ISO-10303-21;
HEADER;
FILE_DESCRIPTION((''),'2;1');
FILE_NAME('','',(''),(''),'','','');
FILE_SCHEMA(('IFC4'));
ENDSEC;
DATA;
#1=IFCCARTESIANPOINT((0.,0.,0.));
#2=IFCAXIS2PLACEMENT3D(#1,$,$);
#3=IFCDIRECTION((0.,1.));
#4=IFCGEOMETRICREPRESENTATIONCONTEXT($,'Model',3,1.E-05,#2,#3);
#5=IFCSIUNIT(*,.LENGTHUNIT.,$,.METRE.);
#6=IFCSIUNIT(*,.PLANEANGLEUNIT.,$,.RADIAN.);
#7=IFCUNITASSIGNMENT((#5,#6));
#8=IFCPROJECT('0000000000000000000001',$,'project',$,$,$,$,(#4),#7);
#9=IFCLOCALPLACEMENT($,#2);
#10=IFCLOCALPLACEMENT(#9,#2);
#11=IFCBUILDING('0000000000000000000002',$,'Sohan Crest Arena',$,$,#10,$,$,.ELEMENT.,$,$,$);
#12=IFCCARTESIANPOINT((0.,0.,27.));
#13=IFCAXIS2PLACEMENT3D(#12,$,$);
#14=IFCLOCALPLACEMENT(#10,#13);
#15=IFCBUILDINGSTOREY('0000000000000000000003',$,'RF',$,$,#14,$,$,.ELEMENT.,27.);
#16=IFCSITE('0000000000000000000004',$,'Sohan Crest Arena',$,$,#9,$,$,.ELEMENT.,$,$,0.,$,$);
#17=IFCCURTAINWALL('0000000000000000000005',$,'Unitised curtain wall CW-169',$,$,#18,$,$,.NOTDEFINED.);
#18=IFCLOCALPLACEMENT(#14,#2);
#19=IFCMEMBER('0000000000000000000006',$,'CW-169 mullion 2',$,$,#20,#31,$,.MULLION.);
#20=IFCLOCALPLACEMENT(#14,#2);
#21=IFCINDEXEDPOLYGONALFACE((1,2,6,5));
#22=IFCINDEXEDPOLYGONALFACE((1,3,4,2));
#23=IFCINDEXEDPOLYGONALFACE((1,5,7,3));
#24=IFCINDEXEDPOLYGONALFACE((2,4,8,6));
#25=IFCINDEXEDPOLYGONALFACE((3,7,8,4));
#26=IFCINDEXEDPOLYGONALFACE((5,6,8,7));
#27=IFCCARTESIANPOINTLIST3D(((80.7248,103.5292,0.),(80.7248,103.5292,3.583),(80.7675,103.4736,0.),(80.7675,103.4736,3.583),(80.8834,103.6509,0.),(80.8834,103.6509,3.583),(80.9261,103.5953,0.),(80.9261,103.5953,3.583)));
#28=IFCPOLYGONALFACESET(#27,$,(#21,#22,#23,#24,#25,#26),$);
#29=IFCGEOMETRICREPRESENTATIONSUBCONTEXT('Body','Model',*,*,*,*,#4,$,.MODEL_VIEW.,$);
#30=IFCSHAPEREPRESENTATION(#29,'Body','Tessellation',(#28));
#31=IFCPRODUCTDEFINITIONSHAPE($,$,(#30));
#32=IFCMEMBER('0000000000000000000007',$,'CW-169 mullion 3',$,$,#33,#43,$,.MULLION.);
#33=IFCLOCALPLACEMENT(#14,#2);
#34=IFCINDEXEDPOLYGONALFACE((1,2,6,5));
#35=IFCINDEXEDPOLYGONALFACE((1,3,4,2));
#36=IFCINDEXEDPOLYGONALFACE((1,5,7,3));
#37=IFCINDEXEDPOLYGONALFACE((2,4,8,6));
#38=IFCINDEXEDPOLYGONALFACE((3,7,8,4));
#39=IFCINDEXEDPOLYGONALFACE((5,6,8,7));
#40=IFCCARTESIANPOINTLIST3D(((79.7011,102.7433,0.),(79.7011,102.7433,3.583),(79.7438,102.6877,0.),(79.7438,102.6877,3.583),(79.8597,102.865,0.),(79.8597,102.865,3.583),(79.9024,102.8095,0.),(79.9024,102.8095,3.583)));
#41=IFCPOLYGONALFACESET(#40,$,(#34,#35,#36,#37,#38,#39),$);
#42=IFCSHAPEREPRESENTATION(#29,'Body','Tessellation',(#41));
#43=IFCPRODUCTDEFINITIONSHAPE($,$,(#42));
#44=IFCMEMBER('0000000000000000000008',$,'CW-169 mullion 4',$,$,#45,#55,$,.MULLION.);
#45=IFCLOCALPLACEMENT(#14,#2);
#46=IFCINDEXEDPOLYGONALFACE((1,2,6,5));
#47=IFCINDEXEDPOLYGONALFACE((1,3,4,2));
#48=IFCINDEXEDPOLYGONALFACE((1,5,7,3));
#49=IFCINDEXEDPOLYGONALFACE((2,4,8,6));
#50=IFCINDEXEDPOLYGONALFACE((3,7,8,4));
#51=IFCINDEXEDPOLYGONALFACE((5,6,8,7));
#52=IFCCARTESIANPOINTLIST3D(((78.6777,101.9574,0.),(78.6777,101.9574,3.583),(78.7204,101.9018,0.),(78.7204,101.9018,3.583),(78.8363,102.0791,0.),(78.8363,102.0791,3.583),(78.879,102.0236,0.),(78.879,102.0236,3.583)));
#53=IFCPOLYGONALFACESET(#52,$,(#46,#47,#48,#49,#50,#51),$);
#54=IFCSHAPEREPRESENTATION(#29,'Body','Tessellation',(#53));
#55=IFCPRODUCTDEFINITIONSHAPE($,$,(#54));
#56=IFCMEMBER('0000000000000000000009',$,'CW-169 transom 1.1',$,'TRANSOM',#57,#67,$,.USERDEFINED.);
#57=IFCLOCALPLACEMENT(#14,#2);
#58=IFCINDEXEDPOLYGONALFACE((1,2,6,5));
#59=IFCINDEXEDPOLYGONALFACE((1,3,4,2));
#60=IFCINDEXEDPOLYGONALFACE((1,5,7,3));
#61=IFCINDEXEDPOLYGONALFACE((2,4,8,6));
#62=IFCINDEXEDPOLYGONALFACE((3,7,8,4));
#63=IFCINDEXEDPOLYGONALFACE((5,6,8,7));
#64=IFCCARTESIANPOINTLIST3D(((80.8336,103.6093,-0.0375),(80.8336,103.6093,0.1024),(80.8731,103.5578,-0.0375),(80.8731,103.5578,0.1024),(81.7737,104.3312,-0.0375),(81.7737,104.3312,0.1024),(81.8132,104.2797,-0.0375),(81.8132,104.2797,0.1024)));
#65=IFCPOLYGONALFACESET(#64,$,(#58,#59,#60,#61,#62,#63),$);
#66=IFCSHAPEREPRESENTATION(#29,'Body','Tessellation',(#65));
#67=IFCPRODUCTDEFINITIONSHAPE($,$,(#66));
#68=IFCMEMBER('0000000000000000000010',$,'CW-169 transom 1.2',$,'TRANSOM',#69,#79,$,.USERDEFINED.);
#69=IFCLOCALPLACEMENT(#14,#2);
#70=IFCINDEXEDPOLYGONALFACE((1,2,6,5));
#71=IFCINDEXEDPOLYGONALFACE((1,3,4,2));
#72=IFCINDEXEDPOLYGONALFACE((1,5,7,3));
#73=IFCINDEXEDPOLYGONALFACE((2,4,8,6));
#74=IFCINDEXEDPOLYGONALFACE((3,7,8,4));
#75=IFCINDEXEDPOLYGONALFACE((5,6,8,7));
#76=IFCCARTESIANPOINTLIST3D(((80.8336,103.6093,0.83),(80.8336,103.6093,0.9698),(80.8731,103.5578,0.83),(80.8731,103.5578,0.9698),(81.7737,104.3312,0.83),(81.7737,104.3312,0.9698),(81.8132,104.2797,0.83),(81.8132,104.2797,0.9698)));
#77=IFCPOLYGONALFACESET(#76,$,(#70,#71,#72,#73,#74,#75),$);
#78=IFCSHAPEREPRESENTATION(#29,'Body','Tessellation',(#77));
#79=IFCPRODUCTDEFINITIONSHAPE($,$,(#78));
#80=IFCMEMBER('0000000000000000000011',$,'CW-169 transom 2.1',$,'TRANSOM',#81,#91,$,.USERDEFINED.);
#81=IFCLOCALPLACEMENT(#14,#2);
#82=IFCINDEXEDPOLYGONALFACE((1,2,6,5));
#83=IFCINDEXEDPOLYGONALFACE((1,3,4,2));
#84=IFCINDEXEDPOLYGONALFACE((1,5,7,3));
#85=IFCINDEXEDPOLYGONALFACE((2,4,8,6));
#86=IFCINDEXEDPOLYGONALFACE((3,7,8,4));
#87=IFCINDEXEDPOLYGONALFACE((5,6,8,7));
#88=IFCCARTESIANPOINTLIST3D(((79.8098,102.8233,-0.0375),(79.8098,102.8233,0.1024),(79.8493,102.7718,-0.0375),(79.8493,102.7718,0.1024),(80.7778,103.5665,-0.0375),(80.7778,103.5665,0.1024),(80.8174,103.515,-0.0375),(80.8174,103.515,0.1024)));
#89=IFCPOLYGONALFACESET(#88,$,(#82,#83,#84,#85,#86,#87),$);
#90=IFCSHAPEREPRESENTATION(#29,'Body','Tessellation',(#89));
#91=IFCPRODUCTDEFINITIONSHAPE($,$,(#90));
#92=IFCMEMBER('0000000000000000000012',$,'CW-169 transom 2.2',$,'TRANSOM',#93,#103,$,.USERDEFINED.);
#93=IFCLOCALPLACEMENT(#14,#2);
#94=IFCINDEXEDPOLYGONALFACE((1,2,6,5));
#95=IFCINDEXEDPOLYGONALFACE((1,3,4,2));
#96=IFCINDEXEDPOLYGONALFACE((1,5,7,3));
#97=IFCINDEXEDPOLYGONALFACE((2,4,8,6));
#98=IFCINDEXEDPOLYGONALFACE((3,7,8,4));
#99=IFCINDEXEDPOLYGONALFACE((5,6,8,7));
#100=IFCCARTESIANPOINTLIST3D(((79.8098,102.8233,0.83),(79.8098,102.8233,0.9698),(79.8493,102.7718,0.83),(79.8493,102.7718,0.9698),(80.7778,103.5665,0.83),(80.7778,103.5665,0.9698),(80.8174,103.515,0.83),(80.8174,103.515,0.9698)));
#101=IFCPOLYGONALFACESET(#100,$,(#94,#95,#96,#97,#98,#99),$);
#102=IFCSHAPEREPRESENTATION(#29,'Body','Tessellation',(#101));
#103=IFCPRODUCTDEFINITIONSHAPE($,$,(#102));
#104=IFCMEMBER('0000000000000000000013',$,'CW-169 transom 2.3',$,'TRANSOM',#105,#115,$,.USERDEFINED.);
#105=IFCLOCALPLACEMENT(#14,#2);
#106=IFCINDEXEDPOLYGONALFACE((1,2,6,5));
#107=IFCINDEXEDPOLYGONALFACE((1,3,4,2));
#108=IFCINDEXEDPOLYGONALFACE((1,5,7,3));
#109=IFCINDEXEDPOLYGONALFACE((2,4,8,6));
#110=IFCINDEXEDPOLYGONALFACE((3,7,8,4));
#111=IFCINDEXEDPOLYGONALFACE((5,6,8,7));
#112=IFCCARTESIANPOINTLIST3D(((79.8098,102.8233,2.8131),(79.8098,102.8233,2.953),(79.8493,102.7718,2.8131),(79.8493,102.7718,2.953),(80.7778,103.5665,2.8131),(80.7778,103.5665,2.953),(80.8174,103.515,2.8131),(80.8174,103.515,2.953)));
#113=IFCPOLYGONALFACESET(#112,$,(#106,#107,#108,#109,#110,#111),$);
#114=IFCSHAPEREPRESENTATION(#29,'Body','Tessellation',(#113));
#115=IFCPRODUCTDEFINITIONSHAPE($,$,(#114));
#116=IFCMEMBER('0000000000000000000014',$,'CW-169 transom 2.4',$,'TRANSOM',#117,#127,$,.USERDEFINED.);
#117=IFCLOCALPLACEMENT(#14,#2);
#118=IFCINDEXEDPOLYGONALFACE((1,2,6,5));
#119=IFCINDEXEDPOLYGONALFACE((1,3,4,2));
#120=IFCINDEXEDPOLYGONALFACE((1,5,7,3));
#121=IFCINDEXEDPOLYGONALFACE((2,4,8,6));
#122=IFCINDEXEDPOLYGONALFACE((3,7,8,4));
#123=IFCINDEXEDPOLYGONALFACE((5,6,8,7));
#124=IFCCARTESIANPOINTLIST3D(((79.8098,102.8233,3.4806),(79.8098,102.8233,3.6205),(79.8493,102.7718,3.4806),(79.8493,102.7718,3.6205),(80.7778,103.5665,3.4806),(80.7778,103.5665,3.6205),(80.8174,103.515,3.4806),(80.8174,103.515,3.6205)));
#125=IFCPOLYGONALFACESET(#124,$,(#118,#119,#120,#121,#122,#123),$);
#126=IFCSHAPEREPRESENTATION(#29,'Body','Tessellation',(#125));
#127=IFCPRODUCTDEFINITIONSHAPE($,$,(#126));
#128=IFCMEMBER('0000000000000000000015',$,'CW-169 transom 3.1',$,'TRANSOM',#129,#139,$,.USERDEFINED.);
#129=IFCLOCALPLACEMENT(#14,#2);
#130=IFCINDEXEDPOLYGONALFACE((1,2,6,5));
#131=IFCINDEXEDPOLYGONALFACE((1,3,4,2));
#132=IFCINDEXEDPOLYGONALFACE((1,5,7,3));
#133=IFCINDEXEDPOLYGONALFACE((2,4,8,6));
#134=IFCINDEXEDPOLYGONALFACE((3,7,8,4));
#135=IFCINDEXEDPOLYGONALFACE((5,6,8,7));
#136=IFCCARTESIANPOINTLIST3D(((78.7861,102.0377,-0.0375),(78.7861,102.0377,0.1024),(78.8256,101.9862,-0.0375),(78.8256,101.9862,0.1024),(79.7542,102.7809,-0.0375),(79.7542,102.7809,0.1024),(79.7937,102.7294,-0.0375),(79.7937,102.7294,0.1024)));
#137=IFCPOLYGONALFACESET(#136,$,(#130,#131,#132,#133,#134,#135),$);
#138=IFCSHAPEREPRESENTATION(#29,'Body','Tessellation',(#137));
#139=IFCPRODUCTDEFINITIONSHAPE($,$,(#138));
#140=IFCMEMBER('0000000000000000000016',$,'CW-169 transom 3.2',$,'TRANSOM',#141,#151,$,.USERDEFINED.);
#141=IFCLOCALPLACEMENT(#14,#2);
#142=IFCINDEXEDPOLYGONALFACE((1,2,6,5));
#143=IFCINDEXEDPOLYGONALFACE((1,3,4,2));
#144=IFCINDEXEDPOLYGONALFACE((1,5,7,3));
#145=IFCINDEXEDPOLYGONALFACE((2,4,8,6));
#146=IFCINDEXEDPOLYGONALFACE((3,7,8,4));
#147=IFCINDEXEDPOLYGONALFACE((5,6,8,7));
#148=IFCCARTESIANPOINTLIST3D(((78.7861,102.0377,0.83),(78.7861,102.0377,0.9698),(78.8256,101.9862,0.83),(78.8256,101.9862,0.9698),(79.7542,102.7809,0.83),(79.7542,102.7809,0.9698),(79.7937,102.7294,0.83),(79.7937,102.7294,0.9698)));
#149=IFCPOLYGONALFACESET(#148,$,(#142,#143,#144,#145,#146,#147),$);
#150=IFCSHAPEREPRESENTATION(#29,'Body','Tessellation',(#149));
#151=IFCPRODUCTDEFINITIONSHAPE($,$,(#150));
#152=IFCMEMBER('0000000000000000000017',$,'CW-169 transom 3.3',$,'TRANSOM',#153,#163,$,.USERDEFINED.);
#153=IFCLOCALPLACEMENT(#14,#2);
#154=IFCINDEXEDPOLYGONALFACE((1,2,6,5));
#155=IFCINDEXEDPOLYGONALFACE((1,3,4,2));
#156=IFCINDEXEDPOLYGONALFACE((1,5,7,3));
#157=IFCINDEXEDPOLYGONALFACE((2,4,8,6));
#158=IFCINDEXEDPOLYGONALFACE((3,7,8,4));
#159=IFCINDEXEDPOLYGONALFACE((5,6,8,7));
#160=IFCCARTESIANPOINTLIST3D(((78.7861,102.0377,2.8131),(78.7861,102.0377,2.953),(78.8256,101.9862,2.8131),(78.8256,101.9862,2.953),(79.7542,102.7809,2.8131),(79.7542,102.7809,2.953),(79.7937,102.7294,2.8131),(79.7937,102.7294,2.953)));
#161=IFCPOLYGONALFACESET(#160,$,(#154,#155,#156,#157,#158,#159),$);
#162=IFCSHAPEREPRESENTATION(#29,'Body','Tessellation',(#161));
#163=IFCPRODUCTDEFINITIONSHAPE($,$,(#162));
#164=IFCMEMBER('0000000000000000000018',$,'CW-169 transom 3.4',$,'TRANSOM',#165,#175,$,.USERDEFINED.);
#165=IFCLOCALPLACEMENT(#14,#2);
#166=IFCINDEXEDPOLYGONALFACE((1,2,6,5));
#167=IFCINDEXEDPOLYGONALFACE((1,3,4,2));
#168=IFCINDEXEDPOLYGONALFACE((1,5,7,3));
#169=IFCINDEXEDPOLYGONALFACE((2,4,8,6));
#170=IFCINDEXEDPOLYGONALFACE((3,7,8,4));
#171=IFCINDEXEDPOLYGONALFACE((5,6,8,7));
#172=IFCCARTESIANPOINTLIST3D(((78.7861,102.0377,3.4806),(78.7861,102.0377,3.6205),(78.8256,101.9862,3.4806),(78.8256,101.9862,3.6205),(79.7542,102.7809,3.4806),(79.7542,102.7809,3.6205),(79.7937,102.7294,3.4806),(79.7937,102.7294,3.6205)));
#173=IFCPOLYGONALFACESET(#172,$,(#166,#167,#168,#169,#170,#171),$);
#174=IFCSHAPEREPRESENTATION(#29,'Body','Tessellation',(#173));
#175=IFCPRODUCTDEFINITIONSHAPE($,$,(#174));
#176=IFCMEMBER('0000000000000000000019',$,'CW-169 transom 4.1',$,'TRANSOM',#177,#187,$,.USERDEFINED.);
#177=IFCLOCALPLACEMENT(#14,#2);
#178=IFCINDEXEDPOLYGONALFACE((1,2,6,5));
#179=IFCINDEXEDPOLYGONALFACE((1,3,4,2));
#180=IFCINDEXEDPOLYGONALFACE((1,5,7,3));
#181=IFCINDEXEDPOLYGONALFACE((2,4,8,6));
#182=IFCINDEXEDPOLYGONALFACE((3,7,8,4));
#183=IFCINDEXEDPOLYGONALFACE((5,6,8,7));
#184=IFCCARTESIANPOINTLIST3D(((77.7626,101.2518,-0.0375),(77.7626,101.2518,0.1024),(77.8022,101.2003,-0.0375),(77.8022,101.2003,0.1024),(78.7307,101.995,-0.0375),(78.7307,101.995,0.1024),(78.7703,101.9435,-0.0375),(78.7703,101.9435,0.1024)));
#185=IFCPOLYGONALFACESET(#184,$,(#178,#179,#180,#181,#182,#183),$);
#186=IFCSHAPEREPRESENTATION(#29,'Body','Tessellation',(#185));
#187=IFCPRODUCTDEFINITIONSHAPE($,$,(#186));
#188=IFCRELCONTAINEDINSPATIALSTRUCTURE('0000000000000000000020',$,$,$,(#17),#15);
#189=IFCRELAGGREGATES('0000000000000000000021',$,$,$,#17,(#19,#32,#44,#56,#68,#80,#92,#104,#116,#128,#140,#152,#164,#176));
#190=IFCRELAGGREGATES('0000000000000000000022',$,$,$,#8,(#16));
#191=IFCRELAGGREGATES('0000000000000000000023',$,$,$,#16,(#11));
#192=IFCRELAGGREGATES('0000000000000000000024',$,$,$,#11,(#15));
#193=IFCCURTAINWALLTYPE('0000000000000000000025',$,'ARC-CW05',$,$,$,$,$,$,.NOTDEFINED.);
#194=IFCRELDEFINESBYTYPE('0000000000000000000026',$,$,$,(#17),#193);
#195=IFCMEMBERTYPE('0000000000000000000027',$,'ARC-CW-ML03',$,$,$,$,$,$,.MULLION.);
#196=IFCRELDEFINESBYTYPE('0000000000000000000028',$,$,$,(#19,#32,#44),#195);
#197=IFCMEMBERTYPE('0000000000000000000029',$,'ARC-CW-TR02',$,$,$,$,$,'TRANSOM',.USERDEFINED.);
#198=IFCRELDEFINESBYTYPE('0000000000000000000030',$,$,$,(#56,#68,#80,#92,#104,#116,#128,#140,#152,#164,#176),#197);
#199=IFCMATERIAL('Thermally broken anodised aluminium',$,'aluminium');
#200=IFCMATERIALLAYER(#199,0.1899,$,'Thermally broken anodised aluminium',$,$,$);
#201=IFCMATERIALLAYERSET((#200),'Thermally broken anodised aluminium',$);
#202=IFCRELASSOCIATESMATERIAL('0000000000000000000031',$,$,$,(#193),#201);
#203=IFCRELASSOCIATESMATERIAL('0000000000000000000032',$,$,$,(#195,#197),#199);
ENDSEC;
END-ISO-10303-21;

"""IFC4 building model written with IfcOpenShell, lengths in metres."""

from ifc_helpers import new_model, si_unit, direction, frame, origin, origin_2d, place, context, subcontext, project, spatial, rectangle, extrude, material, layer, layer_set, material_profile, profile_set, type_object, element, aggregate, save


model = new_model("IFC4")

# Units and contexts
model_context = context("Model", 3, precision=1e-05, world=origin(), true_north=direction((0.0, 1.0)))
body_context = subcontext(model_context, "Body", "Model", "MODEL_VIEW")
ifc_project = project(units=[si_unit("LENGTHUNIT", "METRE"), si_unit("PLANEANGLEUNIT", "RADIAN")], contexts=[model_context])

# Site, building, storey
site_placement = place(None, origin())
site = spatial("IfcSite", under=ifc_project, at=site_placement, Name="Sohan Crest Arena", CompositionType="ELEMENT", RefElevation=0.0)
building_placement = place(site_placement, origin())
building = spatial("IfcBuilding", under=site, at=building_placement, Name="Sohan Crest Arena", CompositionType="ELEMENT")
storey_placement = place(building_placement, frame((0.0, 0.0, 27.0)))
storey = spatial("IfcBuildingStorey", under=building, at=storey_placement, Name="RF", CompositionType="ELEMENT", Elevation=27.0)

# Curtain wall, members
ifc_material_1 = material(Name="Thermally broken anodised aluminium", Category="aluminium")
ifc_layer_1 = layer(ifc_material_1, 0.1899, Name="Thermally broken anodised aluminium")
ifc_layer_set_1 = layer_set([ifc_layer_1], Name="Thermally broken anodised aluminium")
curtain_wall_type = type_object("IfcCurtainWallType", Name="ARC-CW05", PredefinedType="NOTDEFINED", material=ifc_layer_set_1)
curtain_wall_placement = place(storey_placement, origin())
curtain_wall = element("IfcCurtainWall", 1, at=curtain_wall_placement, inside=storey, type_object=curtain_wall_type, Name="Unitised curtain wall CW-169", PredefinedType="NOTDEFINED")
ifc_material_profile_1 = material_profile(ifc_material_1, rectangle(XDim=0.0701, YDim=0.2, at=origin_2d()), Name="ALU-MULL 70x200")
ifc_profile_set_1 = profile_set([ifc_material_profile_1], Name="Thermally broken anodised aluminium")
member_type_1 = type_object("IfcMemberType", Name="ARC-CW-ML03", PredefinedType="MULLION", material=ifc_profile_set_1)
member_1_placement = place(storey_placement, frame((80.8254, 103.5623, 0.0), z_axis=(0.0, 0.0, 1.0), x_axis=(0.608939, -0.793217, 0.0)))
member_1 = element("IfcMember", 2, at=member_1_placement, type_object=member_type_1, Name="CW-169 mullion 2", PredefinedType="MULLION", context=body_context, shape_type="SweptSolid", body=[
    extrude(rectangle(XDim=0.0701, YDim=0.2, at=origin_2d()), origin(), (0.0, 0.0, 1.0), 3.583),
])
member_2_placement = place(storey_placement, frame((79.8018, 102.7764, 0.0), z_axis=(0.0, 0.0, 1.0), x_axis=(0.608939, -0.793217, 0.0)))
member_2 = element("IfcMember", 3, at=member_2_placement, type_object=member_type_1, Name="CW-169 mullion 3", PredefinedType="MULLION", context=body_context, shape_type="SweptSolid", body=[
    extrude(rectangle(XDim=0.0701, YDim=0.2, at=origin_2d()), origin(), (0.0, 0.0, 1.0), 3.583),
])
member_3_placement = place(storey_placement, frame((78.7783, 101.9905, 0.0), z_axis=(0.0, 0.0, 1.0), x_axis=(0.608939, -0.793217, 0.0)))
member_3 = element("IfcMember", 4, at=member_3_placement, type_object=member_type_1, Name="CW-169 mullion 4", PredefinedType="MULLION", context=body_context, shape_type="SweptSolid", body=[
    extrude(rectangle(XDim=0.0701, YDim=0.2, at=origin_2d()), origin(), (0.0, 0.0, 1.0), 3.583),
])
ifc_material_profile_2 = material_profile(ifc_material_1, rectangle(XDim=0.0649, YDim=0.1399, at=origin_2d()), Name="ALU-TRAN 65x140")
ifc_profile_set_2 = profile_set([ifc_material_profile_2], Name="Thermally broken anodised aluminium")
member_type_2 = type_object("IfcMemberType", Name="ARC-CW-TR02", ElementType="TRANSOM", PredefinedType="USERDEFINED", material=ifc_profile_set_2)
member_4_placement = place(storey_placement, frame((81.7935, 104.3054, 0.0325), z_axis=(-0.793152, -0.609024, 0.0), x_axis=(0.609024, -0.793152, 0.0)))
member_4 = element("IfcMember", 5, at=member_4_placement, type_object=member_type_2, Name="CW-169 transom 1.1", ObjectType="TRANSOM", PredefinedType="USERDEFINED", context=body_context, shape_type="SweptSolid", body=[
    extrude(rectangle(XDim=0.0649, YDim=0.1399, at=origin_2d()), origin(), (0.0, 0.0, 1.0), 1.1853),
])
member_5_placement = place(storey_placement, frame((81.7935, 104.3054, 0.8999), z_axis=(-0.793152, -0.609024, 0.0), x_axis=(0.609024, -0.793152, 0.0)))
member_5 = element("IfcMember", 6, at=member_5_placement, type_object=member_type_2, Name="CW-169 transom 1.2", ObjectType="TRANSOM", PredefinedType="USERDEFINED", context=body_context, shape_type="SweptSolid", body=[
    extrude(rectangle(XDim=0.0649, YDim=0.1399, at=origin_2d()), origin(), (0.0, 0.0, 1.0), 1.1853),
])
member_6_placement = place(storey_placement, frame((80.7976, 103.5408, 0.0325), z_axis=(-0.793204, -0.608956, 0.0), x_axis=(0.608956, -0.793204, 0.0)))
member_6 = element("IfcMember", 7, at=member_6_placement, type_object=member_type_2, Name="CW-169 transom 2.1", ObjectType="TRANSOM", PredefinedType="USERDEFINED", context=body_context, shape_type="SweptSolid", body=[
    extrude(rectangle(XDim=0.0649, YDim=0.1399, at=origin_2d()), origin(), (0.0, 0.0, 1.0), 1.2205),
])
member_7_placement = place(storey_placement, frame((80.7976, 103.5408, 0.8999), z_axis=(-0.793204, -0.608956, 0.0), x_axis=(0.608956, -0.793204, 0.0)))
member_7 = element("IfcMember", 8, at=member_7_placement, type_object=member_type_2, Name="CW-169 transom 2.2", ObjectType="TRANSOM", PredefinedType="USERDEFINED", context=body_context, shape_type="SweptSolid", body=[
    extrude(rectangle(XDim=0.0649, YDim=0.1399, at=origin_2d()), origin(), (0.0, 0.0, 1.0), 1.2205),
])
member_8_placement = place(storey_placement, frame((80.7976, 103.5408, 2.8831), z_axis=(-0.793204, -0.608956, 0.0), x_axis=(0.608956, -0.793204, 0.0)))
member_8 = element("IfcMember", 9, at=member_8_placement, type_object=member_type_2, Name="CW-169 transom 2.3", ObjectType="TRANSOM", PredefinedType="USERDEFINED", context=body_context, shape_type="SweptSolid", body=[
    extrude(rectangle(XDim=0.0649, YDim=0.1399, at=origin_2d()), origin(), (0.0, 0.0, 1.0), 1.2205),
])
member_9_placement = place(storey_placement, frame((80.7976, 103.5408, 3.5505), z_axis=(-0.793204, -0.608956, 0.0), x_axis=(0.608956, -0.793204, 0.0)))
member_9 = element("IfcMember", 10, at=member_9_placement, type_object=member_type_2, Name="CW-169 transom 2.4", ObjectType="TRANSOM", PredefinedType="USERDEFINED", context=body_context, shape_type="SweptSolid", body=[
    extrude(rectangle(XDim=0.0649, YDim=0.1399, at=origin_2d()), origin(), (0.0, 0.0, 1.0), 1.2205),
])
member_10_placement = place(storey_placement, frame((79.7739, 102.7551, 0.0325), z_axis=(-0.793204, -0.608956, 0.0), x_axis=(0.608956, -0.793204, 0.0)))
member_10 = element("IfcMember", 11, at=member_10_placement, type_object=member_type_2, Name="CW-169 transom 3.1", ObjectType="TRANSOM", PredefinedType="USERDEFINED", context=body_context, shape_type="SweptSolid", body=[
    extrude(rectangle(XDim=0.0649, YDim=0.1399, at=origin_2d()), origin(), (0.0, 0.0, 1.0), 1.2205),
])
member_11_placement = place(storey_placement, frame((79.7739, 102.7551, 0.8999), z_axis=(-0.793204, -0.608956, 0.0), x_axis=(0.608956, -0.793204, 0.0)))
member_11 = element("IfcMember", 12, at=member_11_placement, type_object=member_type_2, Name="CW-169 transom 3.2", ObjectType="TRANSOM", PredefinedType="USERDEFINED", context=body_context, shape_type="SweptSolid", body=[
    extrude(rectangle(XDim=0.0649, YDim=0.1399, at=origin_2d()), origin(), (0.0, 0.0, 1.0), 1.2205),
])
member_12_placement = place(storey_placement, frame((79.7739, 102.7551, 2.8831), z_axis=(-0.793204, -0.608956, 0.0), x_axis=(0.608956, -0.793204, 0.0)))
member_12 = element("IfcMember", 13, at=member_12_placement, type_object=member_type_2, Name="CW-169 transom 3.3", ObjectType="TRANSOM", PredefinedType="USERDEFINED", context=body_context, shape_type="SweptSolid", body=[
    extrude(rectangle(XDim=0.0649, YDim=0.1399, at=origin_2d()), origin(), (0.0, 0.0, 1.0), 1.2205),
])
member_13_placement = place(storey_placement, frame((79.7739, 102.7551, 3.5505), z_axis=(-0.793204, -0.608956, 0.0), x_axis=(0.608956, -0.793204, 0.0)))
member_13 = element("IfcMember", 14, at=member_13_placement, type_object=member_type_2, Name="CW-169 transom 3.4", ObjectType="TRANSOM", PredefinedType="USERDEFINED", context=body_context, shape_type="SweptSolid", body=[
    extrude(rectangle(XDim=0.0649, YDim=0.1399, at=origin_2d()), origin(), (0.0, 0.0, 1.0), 1.2205),
])
member_14_placement = place(storey_placement, frame((78.7505, 101.9692, 0.0325), z_axis=(-0.793204, -0.608956, 0.0), x_axis=(0.608956, -0.793204, 0.0)))
member_14 = element("IfcMember", 15, at=member_14_placement, type_object=member_type_2, Name="CW-169 transom 4.1", ObjectType="TRANSOM", PredefinedType="USERDEFINED", context=body_context, shape_type="SweptSolid", body=[
    extrude(rectangle(XDim=0.0649, YDim=0.1399, at=origin_2d()), origin(), (0.0, 0.0, 1.0), 1.2205),
])
aggregate(curtain_wall, [member_1, member_2, member_3, member_4, member_5, member_6, member_7, member_8, member_9, member_10, member_11, member_12, member_13, member_14])

save(model, "model.ifc")
